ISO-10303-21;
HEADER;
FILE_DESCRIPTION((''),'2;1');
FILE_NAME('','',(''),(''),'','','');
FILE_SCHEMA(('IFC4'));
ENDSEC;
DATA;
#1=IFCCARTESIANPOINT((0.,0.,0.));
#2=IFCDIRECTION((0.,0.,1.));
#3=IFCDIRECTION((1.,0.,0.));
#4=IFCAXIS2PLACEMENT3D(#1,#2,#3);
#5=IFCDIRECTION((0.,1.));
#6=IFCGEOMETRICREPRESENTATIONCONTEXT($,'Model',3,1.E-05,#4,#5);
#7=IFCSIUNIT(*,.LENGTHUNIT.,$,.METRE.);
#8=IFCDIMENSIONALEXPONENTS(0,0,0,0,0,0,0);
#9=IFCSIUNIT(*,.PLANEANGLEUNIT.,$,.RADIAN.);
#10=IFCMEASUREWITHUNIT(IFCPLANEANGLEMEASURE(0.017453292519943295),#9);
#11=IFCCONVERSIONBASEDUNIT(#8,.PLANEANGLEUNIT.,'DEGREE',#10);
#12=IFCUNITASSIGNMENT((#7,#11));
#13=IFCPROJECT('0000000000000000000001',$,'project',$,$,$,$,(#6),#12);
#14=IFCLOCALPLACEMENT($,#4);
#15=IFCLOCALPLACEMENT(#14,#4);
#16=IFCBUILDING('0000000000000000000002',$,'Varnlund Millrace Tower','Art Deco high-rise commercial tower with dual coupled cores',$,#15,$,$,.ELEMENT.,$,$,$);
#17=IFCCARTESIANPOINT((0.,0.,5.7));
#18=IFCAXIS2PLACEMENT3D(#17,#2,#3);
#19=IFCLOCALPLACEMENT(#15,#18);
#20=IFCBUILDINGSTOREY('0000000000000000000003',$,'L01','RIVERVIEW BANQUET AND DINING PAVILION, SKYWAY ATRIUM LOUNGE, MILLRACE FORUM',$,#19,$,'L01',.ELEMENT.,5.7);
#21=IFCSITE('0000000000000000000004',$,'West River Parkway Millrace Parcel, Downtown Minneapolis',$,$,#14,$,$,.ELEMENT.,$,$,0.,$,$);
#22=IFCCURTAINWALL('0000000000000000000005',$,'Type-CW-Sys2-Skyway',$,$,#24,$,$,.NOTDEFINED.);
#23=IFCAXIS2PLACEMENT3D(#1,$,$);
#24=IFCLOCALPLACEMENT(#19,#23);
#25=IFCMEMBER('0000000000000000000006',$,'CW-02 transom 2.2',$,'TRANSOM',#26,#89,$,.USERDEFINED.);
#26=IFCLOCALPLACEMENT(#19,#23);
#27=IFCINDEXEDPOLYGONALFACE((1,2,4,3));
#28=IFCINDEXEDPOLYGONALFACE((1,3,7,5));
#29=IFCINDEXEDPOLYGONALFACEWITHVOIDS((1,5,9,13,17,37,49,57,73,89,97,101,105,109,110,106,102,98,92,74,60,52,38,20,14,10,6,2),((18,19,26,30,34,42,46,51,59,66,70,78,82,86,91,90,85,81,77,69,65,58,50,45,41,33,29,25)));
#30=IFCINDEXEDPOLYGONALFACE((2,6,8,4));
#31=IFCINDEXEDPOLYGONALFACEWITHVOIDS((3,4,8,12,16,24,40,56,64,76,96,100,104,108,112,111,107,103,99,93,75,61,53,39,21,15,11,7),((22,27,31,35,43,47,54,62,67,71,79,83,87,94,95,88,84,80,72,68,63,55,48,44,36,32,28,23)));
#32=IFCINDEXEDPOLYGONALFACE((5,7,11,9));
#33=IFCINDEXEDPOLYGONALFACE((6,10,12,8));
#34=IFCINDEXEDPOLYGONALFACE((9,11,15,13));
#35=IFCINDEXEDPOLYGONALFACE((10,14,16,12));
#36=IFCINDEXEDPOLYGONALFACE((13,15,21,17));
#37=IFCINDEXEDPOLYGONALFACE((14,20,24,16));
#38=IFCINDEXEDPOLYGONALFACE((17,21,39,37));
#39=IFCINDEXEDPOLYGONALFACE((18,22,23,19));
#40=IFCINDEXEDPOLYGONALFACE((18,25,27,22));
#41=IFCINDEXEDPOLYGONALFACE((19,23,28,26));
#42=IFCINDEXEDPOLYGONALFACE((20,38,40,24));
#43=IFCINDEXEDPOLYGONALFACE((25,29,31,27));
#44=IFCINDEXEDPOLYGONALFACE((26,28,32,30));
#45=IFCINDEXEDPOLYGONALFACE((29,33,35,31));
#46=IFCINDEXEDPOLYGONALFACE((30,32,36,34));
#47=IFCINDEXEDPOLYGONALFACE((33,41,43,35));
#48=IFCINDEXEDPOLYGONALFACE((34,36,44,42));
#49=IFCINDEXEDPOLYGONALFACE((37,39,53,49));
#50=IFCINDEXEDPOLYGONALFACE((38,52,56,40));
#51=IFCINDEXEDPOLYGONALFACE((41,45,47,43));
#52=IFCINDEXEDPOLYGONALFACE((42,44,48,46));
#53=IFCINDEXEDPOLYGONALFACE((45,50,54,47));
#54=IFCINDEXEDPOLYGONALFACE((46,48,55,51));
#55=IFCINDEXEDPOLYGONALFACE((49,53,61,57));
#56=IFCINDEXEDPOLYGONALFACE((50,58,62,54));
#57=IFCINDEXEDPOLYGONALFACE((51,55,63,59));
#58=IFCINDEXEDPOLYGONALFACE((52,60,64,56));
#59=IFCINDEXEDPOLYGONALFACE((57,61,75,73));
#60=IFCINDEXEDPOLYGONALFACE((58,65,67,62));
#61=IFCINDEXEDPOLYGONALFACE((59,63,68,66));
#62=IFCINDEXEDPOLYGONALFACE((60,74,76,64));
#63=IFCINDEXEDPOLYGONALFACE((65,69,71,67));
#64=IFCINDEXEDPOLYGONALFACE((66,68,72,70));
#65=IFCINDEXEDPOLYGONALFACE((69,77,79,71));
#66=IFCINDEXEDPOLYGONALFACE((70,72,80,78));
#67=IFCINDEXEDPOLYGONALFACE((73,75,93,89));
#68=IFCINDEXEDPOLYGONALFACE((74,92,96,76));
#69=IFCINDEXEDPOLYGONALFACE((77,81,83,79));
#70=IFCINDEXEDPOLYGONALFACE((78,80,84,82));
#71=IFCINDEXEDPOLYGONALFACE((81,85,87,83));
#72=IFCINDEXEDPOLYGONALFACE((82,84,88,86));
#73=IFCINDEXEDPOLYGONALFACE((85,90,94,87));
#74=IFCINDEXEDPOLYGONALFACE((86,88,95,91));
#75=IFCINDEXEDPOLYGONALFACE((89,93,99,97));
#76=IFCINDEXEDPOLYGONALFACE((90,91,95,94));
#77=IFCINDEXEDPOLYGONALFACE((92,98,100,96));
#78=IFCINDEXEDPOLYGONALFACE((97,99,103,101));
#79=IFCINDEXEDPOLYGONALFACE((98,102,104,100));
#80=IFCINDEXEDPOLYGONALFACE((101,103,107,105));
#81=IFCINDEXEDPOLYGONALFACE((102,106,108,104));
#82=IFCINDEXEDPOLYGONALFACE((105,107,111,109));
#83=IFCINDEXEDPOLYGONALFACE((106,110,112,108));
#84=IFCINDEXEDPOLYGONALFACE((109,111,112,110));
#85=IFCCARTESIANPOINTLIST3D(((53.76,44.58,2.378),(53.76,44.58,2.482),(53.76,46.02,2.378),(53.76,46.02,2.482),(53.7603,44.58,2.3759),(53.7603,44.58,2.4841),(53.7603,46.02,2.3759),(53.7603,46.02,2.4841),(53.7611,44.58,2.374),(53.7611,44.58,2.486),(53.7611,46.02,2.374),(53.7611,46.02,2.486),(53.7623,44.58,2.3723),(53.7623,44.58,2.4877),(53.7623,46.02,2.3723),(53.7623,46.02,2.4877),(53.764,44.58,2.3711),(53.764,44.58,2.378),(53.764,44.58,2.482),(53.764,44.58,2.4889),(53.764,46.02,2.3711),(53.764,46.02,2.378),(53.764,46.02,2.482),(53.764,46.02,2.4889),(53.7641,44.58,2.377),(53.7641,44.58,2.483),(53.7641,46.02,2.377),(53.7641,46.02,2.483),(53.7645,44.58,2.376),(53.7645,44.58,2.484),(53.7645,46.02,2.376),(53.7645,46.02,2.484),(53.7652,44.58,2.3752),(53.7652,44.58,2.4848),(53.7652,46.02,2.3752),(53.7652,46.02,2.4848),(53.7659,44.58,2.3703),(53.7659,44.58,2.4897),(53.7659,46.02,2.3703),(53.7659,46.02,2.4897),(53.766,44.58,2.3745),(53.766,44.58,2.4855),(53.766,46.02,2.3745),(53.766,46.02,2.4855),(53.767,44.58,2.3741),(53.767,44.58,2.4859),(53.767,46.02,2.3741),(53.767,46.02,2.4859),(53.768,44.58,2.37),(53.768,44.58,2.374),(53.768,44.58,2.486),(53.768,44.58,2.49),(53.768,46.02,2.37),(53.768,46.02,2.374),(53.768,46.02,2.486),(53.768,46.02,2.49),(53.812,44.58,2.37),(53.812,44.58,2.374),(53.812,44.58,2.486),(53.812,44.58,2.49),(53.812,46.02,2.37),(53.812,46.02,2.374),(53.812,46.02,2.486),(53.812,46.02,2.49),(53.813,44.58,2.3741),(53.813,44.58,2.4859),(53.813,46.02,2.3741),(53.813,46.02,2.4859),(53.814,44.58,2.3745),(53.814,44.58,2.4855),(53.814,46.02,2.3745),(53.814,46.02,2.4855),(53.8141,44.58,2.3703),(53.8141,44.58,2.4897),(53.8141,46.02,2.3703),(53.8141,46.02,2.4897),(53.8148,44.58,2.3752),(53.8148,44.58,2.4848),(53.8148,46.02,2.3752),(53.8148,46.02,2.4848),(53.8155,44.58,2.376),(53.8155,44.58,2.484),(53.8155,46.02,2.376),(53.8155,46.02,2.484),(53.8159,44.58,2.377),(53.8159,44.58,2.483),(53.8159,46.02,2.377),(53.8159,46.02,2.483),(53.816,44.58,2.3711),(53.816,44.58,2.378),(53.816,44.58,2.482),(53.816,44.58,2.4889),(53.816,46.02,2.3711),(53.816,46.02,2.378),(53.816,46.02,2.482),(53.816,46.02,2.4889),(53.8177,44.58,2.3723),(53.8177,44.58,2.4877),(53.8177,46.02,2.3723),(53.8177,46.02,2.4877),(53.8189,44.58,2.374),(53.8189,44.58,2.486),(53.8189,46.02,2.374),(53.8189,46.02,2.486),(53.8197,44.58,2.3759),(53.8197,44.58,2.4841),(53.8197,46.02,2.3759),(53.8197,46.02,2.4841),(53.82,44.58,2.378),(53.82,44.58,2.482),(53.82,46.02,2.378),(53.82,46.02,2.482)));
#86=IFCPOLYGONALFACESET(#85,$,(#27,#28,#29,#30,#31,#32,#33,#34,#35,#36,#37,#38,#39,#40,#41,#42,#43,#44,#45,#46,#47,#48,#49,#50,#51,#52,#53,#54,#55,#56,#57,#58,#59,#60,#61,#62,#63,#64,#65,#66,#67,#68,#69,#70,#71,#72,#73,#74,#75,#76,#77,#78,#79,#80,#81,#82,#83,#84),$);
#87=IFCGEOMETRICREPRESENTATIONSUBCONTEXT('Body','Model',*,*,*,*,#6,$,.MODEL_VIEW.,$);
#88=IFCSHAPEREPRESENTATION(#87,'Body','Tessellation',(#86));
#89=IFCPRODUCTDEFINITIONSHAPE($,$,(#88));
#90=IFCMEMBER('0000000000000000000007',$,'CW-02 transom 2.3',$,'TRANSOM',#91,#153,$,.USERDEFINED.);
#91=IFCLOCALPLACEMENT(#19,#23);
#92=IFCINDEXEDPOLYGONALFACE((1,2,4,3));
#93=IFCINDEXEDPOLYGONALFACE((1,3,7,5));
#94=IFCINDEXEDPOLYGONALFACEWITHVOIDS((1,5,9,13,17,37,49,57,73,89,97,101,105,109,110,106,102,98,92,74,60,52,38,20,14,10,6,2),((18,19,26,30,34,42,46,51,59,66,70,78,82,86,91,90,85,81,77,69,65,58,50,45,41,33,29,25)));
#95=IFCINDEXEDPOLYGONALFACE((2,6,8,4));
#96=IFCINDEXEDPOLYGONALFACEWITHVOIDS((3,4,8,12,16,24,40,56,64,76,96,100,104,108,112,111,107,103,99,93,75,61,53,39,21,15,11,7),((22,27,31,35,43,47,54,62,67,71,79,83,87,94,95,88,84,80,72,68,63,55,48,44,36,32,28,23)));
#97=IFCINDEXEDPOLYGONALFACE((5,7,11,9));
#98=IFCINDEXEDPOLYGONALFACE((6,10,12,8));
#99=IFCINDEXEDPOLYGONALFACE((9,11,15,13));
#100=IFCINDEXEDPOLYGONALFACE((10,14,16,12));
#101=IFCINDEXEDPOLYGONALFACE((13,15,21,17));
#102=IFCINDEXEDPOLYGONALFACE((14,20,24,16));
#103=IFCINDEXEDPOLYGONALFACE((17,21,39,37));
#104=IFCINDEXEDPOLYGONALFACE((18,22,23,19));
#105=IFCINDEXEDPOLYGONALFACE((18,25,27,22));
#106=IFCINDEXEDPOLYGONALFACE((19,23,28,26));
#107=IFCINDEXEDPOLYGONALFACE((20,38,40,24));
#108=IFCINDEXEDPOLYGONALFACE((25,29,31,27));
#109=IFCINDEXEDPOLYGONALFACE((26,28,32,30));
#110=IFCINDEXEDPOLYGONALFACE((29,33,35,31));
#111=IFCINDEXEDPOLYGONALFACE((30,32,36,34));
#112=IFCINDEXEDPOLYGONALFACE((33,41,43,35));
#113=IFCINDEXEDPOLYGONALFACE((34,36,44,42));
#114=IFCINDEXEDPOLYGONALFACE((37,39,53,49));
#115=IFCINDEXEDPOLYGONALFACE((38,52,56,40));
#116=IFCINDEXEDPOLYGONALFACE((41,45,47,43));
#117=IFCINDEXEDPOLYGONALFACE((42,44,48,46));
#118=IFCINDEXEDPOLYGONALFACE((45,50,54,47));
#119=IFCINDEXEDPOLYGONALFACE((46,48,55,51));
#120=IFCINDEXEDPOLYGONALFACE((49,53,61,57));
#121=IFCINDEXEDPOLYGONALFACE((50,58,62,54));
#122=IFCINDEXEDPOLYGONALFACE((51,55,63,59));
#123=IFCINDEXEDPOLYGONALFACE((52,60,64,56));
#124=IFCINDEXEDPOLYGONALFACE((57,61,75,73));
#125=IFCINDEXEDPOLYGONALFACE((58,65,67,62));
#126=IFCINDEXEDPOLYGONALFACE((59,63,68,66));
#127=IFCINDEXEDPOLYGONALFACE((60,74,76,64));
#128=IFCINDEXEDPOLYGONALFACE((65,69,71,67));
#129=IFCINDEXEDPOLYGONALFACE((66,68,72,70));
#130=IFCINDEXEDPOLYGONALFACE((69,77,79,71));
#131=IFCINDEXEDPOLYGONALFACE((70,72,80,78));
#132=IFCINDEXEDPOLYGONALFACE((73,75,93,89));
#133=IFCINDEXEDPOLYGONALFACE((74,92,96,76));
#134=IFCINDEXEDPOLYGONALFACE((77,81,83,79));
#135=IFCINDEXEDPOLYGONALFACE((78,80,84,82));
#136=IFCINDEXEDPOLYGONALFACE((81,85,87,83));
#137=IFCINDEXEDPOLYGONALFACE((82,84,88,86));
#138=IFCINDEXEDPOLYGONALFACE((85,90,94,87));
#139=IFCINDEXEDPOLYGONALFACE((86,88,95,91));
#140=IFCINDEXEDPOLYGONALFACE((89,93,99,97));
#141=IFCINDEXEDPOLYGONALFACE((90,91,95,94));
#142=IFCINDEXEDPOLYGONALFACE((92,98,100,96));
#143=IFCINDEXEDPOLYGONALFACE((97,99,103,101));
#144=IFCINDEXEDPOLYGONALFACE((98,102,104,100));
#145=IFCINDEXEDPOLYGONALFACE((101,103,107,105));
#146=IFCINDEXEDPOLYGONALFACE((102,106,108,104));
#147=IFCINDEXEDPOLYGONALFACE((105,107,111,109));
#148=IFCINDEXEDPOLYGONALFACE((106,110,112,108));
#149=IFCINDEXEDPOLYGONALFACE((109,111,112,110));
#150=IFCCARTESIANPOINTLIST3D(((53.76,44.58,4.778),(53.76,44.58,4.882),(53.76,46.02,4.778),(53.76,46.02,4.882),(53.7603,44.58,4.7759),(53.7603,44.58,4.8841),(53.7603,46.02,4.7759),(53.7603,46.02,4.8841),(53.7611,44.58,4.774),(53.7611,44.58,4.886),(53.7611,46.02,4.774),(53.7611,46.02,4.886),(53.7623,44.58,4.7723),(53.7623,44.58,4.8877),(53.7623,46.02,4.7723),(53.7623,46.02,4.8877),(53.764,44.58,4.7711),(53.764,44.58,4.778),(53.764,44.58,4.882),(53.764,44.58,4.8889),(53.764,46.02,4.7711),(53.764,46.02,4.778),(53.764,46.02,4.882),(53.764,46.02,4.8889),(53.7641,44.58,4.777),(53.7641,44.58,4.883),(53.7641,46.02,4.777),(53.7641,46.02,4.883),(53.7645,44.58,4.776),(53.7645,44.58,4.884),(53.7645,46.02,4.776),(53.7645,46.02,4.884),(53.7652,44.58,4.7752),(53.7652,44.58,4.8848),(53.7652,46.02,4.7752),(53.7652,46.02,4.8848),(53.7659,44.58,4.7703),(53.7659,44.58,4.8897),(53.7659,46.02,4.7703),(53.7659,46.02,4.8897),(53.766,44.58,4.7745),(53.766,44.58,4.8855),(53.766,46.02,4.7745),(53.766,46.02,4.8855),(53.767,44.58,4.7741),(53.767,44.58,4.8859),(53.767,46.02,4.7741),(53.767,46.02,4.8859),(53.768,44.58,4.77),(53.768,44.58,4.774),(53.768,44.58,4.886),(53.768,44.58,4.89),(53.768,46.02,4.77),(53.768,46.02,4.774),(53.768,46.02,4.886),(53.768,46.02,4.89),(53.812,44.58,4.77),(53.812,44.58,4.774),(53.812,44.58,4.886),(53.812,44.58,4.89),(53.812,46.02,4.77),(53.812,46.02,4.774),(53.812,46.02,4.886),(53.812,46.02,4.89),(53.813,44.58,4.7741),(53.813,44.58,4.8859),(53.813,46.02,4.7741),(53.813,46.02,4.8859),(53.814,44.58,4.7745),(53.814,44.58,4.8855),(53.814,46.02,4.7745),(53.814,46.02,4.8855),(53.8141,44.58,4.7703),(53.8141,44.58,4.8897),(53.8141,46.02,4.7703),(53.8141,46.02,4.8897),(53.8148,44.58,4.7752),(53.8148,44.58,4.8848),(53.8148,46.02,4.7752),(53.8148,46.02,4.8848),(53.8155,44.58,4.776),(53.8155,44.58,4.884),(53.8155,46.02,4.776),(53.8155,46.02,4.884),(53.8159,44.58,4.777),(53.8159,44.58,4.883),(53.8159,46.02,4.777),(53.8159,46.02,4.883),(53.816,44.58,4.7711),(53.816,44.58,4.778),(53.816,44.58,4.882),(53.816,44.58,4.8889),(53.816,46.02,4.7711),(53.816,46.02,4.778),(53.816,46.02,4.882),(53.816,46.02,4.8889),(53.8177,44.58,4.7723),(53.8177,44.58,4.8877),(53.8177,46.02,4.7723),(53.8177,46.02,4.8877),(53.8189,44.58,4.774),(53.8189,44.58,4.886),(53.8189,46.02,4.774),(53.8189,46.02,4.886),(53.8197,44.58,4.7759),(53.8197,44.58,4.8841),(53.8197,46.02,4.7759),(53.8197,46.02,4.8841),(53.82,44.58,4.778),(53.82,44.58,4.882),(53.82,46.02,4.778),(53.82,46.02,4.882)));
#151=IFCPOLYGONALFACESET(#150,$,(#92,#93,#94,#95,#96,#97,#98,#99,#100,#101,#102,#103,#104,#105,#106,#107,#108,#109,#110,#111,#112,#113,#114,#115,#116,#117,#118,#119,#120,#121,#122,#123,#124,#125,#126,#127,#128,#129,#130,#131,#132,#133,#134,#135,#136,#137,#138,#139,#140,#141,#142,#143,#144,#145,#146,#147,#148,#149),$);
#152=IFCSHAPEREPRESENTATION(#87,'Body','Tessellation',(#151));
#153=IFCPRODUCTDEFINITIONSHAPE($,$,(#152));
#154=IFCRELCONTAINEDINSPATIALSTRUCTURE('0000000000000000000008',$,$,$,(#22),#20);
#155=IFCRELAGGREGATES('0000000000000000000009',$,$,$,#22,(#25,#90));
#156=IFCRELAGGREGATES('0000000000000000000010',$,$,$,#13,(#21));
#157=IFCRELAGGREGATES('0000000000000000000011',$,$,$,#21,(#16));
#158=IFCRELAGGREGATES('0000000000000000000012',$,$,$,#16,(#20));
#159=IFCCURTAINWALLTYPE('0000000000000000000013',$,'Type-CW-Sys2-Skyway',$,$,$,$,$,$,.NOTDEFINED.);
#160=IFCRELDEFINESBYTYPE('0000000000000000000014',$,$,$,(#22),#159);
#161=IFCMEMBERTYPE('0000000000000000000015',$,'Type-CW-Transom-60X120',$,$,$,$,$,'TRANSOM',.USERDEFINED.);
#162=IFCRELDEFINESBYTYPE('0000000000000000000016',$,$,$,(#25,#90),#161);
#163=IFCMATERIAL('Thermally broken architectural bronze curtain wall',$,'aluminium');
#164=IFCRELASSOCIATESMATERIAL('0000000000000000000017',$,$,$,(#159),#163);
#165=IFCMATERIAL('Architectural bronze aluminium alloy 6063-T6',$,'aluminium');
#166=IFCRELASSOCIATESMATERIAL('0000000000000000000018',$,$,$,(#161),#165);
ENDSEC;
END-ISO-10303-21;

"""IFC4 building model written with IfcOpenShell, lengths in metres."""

from ifc_helpers import new_model, entity, si_unit, converted_unit, direction, frame, origin_with_axes, origin_2d_with_axis, place, context, subcontext, project, spatial, hollow_rectangle, extrude, material, material_profile, profile_set, type_object, element, aggregate, save


model = new_model("IFC4")

# Units and contexts
model_context = context("Model", 3, precision=1e-05, world=origin_with_axes(), true_north=direction((0.0, 1.0)))
body_context = subcontext(model_context, "Body", "Model", "MODEL_VIEW")
ifc_project = project(units=[si_unit("LENGTHUNIT", "METRE"), converted_unit("PLANEANGLEUNIT", "DEGREE", entity("IfcPlaneAngleMeasure", 0.017453292519943295), si_unit("PLANEANGLEUNIT", "RADIAN"), dimensions=[0, 0, 0, 0, 0, 0, 0])], contexts=[model_context])

# Site, building, storey
site_placement = place(None, origin_with_axes())
site = spatial("IfcSite", under=ifc_project, at=site_placement, Name="West River Parkway Millrace Parcel, Downtown Minneapolis", CompositionType="ELEMENT", RefElevation=0.0)
building_placement = place(site_placement, origin_with_axes())
building = spatial("IfcBuilding", under=site, at=building_placement, Name="Varnlund Millrace Tower", Description="Art Deco high-rise commercial tower with dual coupled cores", CompositionType="ELEMENT")
storey_placement = place(building_placement, frame((0.0, 0.0, 5.7), z_axis=(0.0, 0.0, 1.0), x_axis=(1.0, 0.0, 0.0)))
storey = spatial("IfcBuildingStorey", under=building, at=storey_placement, Name="L01", Description="RIVERVIEW BANQUET AND DINING PAVILION, SKYWAY ATRIUM LOUNGE, MILLRACE FORUM", LongName="L01", CompositionType="ELEMENT", Elevation=5.7)

# Curtain wall
ifc_material_1 = material(Name="Thermally broken architectural bronze curtain wall", Category="aluminium")
curtain_wall_type = type_object("IfcCurtainWallType", Name="Type-CW-Sys2-Skyway", PredefinedType="NOTDEFINED", material=ifc_material_1)
curtain_wall_1_placement = place(storey_placement, frame((53.79, 47.55, 0.0), z_axis=(0.0, 0.0, 1.0), x_axis=(1.0, 0.0, 0.0)))
curtain_wall_1 = element("IfcCurtainWall", 1, at=curtain_wall_1_placement, inside=storey, type_object=curtain_wall_type, Name="Type-CW-Sys2-Skyway", PredefinedType="NOTDEFINED")
ifc_material_2 = material(Name="Architectural bronze aluminium alloy 6063-T6", Category="aluminium")

# Members
ifc_material_profile_1 = material_profile(ifc_material_2, hollow_rectangle(XDim=0.06, YDim=0.12, WallThickness=0.004, InnerFilletRadius=0.004, OuterFilletRadius=0.008, at=origin_2d_with_axis()), Name="Architectural bronze aluminium alloy 6063-T6")
ifc_profile_set_1 = profile_set([ifc_material_profile_1], Name="Architectural bronze aluminium alloy 6063-T6")
member_type_1 = type_object("IfcMemberType", Name="Type-CW-Transom-60X120", ElementType="TRANSOM", PredefinedType="USERDEFINED", material=ifc_profile_set_1)
member_1_placement = place(storey_placement, frame((53.79, 46.02, 2.43), z_axis=(0.0, -1.0, 0.0), x_axis=(1.0, 0.0, 0.0)))
member_1 = element("IfcMember", 2, at=member_1_placement, type_object=member_type_1, Name="CW-02 transom 2.2", ObjectType="TRANSOM", PredefinedType="USERDEFINED", context=body_context, shape_type="SweptSolid", body=[
    extrude(hollow_rectangle(XDim=0.06, YDim=0.12, WallThickness=0.004, InnerFilletRadius=0.004, OuterFilletRadius=0.008, at=origin_2d_with_axis()), origin_with_axes(), (0.0, 0.0, 1.0), 1.44),
])
member_2_placement = place(storey_placement, frame((53.79, 46.02, 4.83), z_axis=(0.0, -1.0, 0.0), x_axis=(1.0, 0.0, 0.0)))
member_2 = element("IfcMember", 3, at=member_2_placement, type_object=member_type_1, Name="CW-02 transom 2.3", ObjectType="TRANSOM", PredefinedType="USERDEFINED", context=body_context, shape_type="SweptSolid", body=[
    extrude(hollow_rectangle(XDim=0.06, YDim=0.12, WallThickness=0.004, InnerFilletRadius=0.004, OuterFilletRadius=0.008, at=origin_2d_with_axis()), origin_with_axes(), (0.0, 0.0, 1.0), 1.44),
])

aggregate(curtain_wall_1, [member_1, member_2])

save(model, "model.ifc")
